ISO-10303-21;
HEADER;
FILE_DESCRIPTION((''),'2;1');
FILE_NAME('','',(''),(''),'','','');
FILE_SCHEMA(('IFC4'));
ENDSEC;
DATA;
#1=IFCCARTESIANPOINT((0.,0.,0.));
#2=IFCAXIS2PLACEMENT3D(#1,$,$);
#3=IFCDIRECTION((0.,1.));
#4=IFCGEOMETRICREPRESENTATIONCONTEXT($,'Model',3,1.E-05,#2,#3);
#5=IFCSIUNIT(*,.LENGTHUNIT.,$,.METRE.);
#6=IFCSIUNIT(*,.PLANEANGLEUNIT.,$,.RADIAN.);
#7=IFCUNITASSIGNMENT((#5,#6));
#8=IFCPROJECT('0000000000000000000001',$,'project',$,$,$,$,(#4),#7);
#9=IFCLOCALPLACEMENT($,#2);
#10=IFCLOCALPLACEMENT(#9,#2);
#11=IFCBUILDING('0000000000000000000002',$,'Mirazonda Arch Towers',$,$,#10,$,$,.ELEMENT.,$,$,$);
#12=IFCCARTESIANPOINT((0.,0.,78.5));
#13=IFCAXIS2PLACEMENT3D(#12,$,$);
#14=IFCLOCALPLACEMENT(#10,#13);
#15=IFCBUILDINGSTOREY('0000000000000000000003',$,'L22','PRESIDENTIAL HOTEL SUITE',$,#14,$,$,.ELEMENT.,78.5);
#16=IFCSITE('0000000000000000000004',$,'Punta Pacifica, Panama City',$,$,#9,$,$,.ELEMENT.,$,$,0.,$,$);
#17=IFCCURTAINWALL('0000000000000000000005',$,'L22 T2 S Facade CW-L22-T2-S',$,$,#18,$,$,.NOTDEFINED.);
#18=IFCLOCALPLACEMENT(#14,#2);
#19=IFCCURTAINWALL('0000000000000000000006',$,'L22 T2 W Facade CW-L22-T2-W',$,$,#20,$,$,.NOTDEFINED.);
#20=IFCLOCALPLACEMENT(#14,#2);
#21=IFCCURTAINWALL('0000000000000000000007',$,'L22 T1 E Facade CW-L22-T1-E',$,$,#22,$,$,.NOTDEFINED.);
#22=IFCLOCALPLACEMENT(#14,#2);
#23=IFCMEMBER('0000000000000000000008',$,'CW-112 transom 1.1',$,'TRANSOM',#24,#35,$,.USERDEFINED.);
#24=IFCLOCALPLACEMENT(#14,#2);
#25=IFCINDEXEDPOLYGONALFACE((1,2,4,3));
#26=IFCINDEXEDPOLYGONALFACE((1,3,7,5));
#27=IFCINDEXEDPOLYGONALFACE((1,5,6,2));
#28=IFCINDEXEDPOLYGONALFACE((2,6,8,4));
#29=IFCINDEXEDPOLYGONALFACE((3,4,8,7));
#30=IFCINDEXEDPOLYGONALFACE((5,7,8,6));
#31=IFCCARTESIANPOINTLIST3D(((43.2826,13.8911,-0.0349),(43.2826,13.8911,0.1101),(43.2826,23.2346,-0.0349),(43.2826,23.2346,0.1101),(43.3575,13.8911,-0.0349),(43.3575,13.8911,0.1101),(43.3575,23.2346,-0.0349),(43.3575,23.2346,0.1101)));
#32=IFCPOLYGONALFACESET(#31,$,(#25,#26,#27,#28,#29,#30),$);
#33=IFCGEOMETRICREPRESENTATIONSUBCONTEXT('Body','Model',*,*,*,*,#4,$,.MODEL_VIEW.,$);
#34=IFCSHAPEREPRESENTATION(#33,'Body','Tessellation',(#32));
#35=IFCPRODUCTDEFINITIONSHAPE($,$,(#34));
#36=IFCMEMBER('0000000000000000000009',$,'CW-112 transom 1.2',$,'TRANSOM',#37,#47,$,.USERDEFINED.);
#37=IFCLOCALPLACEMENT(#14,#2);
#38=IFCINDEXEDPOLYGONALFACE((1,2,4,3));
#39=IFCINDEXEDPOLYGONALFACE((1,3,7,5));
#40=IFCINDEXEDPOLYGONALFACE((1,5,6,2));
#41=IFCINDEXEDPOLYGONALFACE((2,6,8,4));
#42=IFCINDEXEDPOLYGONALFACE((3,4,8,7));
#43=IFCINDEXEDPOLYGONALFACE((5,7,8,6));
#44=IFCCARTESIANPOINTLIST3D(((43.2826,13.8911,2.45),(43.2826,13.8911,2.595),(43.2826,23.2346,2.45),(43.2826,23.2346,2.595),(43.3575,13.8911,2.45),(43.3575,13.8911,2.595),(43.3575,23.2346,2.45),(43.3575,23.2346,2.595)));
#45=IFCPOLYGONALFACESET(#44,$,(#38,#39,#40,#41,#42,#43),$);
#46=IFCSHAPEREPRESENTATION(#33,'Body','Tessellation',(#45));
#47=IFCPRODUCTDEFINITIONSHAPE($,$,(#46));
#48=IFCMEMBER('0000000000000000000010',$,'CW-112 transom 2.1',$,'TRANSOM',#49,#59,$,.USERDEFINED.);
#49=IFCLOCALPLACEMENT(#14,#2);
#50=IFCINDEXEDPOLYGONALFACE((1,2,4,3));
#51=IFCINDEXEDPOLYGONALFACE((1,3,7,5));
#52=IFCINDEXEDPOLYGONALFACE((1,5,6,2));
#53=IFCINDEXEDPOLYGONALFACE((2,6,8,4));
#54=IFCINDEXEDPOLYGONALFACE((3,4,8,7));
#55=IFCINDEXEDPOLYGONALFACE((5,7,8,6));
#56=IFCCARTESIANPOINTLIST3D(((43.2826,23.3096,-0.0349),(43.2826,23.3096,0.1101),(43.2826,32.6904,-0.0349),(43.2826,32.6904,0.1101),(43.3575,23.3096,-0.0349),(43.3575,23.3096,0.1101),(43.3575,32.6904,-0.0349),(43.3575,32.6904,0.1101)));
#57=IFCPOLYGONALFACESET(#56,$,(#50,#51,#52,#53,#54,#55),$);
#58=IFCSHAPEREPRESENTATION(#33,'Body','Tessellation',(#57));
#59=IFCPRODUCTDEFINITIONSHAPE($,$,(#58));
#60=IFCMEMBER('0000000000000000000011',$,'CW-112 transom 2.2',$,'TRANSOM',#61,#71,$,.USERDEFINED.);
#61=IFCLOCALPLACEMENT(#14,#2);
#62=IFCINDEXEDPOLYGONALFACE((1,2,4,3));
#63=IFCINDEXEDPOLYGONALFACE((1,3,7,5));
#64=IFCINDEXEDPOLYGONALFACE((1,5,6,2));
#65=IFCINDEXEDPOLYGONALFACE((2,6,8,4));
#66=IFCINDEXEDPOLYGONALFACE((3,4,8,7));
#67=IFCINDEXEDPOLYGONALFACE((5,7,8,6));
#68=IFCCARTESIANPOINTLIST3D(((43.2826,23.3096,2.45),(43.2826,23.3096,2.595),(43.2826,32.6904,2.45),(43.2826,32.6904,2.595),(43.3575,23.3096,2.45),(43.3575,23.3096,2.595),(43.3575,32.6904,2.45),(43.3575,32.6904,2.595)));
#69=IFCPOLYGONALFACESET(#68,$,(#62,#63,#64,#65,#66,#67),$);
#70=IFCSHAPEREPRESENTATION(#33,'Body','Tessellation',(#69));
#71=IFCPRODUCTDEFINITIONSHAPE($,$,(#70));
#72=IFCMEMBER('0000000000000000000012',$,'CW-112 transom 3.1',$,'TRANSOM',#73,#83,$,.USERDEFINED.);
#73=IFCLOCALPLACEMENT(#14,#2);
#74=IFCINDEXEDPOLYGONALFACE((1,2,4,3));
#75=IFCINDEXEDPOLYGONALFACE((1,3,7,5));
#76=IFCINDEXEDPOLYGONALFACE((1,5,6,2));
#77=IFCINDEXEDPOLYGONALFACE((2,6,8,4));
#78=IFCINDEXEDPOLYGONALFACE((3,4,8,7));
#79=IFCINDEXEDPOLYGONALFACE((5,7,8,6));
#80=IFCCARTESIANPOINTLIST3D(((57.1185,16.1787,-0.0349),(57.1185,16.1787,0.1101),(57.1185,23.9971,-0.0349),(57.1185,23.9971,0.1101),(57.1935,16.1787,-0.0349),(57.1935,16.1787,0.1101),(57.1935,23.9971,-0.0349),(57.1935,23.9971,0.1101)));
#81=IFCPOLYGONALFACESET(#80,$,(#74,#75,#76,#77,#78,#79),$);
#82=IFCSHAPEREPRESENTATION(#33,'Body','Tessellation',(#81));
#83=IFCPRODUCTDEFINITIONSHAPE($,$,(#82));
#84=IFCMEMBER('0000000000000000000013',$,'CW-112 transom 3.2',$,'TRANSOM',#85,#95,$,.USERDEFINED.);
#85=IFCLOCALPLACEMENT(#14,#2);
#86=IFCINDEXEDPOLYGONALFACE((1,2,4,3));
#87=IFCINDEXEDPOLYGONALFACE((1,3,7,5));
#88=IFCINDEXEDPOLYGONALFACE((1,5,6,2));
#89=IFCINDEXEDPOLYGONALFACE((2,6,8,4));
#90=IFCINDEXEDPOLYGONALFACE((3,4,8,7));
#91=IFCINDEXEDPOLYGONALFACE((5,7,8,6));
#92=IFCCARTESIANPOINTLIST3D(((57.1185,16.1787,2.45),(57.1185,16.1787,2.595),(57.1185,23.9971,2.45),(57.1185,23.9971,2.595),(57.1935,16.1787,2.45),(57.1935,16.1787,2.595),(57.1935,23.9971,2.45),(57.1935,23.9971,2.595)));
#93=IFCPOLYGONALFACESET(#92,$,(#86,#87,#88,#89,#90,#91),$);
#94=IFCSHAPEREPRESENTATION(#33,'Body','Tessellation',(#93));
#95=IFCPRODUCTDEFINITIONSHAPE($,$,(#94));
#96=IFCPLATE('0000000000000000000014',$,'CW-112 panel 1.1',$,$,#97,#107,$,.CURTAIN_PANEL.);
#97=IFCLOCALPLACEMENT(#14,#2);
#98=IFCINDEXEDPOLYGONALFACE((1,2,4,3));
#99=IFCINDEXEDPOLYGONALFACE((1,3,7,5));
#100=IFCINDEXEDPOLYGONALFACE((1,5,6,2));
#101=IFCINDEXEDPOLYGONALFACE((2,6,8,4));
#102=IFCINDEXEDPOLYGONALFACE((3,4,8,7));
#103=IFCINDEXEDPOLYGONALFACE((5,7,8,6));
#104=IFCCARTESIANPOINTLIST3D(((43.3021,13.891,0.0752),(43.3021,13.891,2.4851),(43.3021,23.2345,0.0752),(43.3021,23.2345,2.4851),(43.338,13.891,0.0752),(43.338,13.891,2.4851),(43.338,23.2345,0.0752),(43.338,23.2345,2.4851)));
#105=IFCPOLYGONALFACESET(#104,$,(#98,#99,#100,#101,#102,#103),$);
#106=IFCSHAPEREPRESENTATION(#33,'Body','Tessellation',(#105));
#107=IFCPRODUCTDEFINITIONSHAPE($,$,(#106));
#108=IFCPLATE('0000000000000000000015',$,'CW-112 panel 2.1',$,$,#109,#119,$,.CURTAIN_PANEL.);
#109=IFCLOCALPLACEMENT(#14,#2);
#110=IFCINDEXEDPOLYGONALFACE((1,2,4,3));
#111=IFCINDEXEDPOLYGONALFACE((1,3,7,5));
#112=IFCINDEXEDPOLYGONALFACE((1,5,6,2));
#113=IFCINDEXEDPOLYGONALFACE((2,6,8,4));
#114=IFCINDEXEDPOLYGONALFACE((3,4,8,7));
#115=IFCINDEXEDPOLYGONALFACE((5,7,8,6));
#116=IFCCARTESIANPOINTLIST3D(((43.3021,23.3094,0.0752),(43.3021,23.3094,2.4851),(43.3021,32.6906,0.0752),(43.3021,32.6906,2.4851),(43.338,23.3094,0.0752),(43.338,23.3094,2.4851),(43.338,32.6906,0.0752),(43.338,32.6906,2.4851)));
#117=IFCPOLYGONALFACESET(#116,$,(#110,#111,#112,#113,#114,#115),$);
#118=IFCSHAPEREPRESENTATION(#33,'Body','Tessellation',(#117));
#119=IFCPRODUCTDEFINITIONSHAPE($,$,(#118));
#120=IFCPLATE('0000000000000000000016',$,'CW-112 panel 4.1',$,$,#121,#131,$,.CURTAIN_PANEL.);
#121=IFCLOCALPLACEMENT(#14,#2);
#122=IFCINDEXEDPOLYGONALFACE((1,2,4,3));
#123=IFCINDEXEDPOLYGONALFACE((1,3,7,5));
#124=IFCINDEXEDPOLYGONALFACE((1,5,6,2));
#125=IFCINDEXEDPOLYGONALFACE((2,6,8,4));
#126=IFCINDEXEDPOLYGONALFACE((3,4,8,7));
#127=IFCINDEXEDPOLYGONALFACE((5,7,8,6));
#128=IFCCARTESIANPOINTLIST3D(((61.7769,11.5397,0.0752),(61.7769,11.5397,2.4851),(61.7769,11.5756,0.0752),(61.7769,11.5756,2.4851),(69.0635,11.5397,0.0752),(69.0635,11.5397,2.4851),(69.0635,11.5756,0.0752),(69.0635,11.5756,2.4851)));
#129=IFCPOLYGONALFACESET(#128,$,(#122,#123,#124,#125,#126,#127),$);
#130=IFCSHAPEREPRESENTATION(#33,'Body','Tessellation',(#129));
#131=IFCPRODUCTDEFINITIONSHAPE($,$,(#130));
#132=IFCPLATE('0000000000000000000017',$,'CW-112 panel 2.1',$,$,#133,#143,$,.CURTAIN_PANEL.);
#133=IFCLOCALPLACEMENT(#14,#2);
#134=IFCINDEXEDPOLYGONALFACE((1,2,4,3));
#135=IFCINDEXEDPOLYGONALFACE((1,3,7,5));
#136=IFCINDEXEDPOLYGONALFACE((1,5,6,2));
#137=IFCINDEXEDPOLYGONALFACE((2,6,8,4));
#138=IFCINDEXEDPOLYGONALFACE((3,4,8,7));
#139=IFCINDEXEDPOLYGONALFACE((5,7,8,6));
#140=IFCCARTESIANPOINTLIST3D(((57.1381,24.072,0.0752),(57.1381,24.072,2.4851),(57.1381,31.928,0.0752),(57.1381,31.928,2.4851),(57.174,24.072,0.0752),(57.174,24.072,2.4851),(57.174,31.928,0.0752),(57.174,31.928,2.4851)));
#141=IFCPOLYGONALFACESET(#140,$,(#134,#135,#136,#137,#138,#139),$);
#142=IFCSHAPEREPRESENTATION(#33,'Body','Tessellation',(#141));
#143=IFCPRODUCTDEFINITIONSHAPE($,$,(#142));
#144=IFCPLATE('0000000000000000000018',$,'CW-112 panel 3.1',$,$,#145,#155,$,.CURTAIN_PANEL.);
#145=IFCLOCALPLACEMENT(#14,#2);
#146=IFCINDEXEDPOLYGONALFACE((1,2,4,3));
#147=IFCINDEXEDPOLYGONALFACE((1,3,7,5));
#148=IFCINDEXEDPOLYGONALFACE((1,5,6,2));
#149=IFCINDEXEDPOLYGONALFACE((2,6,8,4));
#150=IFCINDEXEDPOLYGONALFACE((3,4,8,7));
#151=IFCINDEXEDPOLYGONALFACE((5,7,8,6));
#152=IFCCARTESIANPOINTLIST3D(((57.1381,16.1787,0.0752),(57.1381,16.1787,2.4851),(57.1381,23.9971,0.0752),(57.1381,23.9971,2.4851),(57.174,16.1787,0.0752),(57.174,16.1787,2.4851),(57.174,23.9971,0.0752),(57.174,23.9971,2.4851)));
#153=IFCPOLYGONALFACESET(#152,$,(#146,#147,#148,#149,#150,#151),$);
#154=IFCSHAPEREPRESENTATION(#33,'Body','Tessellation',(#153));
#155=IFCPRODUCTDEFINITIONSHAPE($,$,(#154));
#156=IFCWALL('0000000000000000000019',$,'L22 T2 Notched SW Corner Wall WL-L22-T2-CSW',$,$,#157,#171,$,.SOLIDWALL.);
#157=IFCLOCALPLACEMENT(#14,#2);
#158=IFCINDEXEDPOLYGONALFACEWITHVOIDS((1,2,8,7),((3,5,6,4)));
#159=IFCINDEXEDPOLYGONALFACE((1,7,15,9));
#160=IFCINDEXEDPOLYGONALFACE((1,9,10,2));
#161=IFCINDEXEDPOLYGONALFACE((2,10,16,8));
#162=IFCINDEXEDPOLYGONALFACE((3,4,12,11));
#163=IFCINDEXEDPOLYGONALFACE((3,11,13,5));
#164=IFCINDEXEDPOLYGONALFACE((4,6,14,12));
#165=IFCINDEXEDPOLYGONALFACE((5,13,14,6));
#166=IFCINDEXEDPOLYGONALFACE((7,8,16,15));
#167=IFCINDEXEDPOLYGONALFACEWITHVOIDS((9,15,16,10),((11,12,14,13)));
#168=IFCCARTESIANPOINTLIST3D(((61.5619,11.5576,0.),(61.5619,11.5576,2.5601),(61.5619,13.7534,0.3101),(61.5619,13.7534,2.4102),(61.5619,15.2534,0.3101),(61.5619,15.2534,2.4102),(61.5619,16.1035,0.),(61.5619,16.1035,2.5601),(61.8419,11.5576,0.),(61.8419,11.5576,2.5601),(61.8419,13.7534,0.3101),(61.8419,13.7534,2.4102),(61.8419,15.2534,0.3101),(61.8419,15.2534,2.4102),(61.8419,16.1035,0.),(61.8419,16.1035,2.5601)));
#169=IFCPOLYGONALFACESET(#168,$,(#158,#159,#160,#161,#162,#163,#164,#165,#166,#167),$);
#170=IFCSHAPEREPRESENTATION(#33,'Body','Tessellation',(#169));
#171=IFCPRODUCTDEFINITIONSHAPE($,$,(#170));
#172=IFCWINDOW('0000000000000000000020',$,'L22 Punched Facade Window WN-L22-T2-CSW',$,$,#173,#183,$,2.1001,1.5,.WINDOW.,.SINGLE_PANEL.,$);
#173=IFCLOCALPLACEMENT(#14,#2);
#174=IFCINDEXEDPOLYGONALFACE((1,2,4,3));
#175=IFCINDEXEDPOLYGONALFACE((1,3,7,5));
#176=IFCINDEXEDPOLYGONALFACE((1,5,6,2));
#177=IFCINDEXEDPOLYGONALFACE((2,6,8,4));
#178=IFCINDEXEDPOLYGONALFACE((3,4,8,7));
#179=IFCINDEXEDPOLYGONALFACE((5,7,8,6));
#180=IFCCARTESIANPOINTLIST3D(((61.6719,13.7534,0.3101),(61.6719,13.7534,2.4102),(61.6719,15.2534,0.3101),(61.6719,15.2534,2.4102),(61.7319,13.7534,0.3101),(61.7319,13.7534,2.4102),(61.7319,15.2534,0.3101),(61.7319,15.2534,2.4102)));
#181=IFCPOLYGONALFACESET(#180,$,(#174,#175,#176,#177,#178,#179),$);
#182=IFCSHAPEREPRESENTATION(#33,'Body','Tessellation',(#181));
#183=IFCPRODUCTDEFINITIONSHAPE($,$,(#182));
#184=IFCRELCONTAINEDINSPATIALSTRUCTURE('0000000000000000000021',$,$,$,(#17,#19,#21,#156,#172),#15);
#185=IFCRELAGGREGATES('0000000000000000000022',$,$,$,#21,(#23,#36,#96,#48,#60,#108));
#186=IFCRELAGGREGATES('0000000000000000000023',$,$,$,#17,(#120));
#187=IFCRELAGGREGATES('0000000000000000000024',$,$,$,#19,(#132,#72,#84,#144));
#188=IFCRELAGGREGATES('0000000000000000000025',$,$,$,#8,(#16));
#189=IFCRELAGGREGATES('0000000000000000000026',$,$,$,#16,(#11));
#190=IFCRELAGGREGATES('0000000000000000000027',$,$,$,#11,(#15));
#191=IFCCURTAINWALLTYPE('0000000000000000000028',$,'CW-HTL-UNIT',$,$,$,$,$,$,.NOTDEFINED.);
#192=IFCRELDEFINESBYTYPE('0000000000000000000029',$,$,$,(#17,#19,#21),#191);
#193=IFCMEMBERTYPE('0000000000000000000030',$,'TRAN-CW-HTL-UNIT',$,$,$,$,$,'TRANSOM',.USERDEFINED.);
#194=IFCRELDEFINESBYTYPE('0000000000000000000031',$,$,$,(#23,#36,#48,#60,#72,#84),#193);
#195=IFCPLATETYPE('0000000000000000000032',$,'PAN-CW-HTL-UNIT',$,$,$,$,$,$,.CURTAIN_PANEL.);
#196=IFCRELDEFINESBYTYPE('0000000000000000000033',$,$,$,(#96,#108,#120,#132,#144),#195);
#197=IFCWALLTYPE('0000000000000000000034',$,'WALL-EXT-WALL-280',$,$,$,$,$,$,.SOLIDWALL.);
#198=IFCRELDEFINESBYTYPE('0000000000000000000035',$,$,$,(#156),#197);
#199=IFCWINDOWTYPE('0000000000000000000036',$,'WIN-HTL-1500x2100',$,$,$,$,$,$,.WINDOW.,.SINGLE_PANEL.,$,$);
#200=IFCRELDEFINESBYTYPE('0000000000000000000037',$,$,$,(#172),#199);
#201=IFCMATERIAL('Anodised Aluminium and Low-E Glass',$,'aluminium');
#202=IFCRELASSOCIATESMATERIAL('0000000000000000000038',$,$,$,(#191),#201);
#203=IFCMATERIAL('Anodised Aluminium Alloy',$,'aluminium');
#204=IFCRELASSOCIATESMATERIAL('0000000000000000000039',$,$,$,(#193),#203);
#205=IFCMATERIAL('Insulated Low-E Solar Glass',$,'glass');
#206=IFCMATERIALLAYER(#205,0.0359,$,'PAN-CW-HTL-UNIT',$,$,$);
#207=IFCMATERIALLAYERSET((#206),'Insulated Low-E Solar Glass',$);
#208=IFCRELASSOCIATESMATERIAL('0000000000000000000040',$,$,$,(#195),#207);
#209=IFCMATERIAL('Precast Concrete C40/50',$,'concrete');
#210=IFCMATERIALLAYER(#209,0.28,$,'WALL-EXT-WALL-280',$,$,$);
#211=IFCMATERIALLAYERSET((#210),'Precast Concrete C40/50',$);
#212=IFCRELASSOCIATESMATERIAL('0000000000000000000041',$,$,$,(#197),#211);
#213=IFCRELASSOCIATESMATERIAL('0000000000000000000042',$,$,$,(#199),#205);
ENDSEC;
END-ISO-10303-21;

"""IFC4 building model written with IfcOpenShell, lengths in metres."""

from ifc_helpers import new_model, si_unit, direction, frame, frame_2d, origin, origin_2d, place, context, subcontext, project, spatial, rectangle, extrude, material, layer, layer_set, material_profile, profile_set, type_object, element, fill, aggregate, save


model = new_model("IFC4")

# Units and contexts
model_context = context("Model", 3, precision=1e-05, world=origin(), true_north=direction((0.0, 1.0)))
body_context = subcontext(model_context, "Body", "Model", "MODEL_VIEW")
ifc_project = project(units=[si_unit("LENGTHUNIT", "METRE"), si_unit("PLANEANGLEUNIT", "RADIAN")], contexts=[model_context])

# Site, building, storey
site_placement = place(None, origin())
site = spatial("IfcSite", under=ifc_project, at=site_placement, Name="Punta Pacifica, Panama City", CompositionType="ELEMENT", RefElevation=0.0)
building_placement = place(site_placement, origin())
building = spatial("IfcBuilding", under=site, at=building_placement, Name="Mirazonda Arch Towers", CompositionType="ELEMENT")
storey_placement = place(building_placement, frame((0.0, 0.0, 78.5)))
storey = spatial("IfcBuildingStorey", under=building, at=storey_placement, Name="L22", Description="PRESIDENTIAL HOTEL SUITE", CompositionType="ELEMENT", Elevation=78.5)

# Curtain wall
ifc_material_1 = material(Name="Anodised Aluminium and Low-E Glass", Category="aluminium")
curtain_wall_type = type_object("IfcCurtainWallType", Name="CW-HTL-UNIT", PredefinedType="NOTDEFINED", material=ifc_material_1)
curtain_wall_1_placement = place(storey_placement, origin())
curtain_wall_1 = element("IfcCurtainWall", 1, at=curtain_wall_1_placement, inside=storey, type_object=curtain_wall_type, Name="L22 T2 S Facade CW-L22-T2-S", PredefinedType="NOTDEFINED")
ifc_material_2 = material(Name="Anodised Aluminium Alloy", Category="aluminium")

# Curtain walls, members
curtain_wall_2_placement = place(storey_placement, origin())
curtain_wall_2 = element("IfcCurtainWall", 2, at=curtain_wall_2_placement, inside=storey, type_object=curtain_wall_type, Name="L22 T2 W Facade CW-L22-T2-W", PredefinedType="NOTDEFINED")
curtain_wall_3_placement = place(storey_placement, origin())
curtain_wall_3 = element("IfcCurtainWall", 3, at=curtain_wall_3_placement, inside=storey, type_object=curtain_wall_type, Name="L22 T1 E Facade CW-L22-T1-E", PredefinedType="NOTDEFINED")
ifc_material_profile_1 = material_profile(ifc_material_2, rectangle(XDim=0.075, YDim=0.145, at=origin_2d()), Name="ALU-TRAN-75x145")
ifc_profile_set_1 = profile_set([ifc_material_profile_1], Name="Anodised Aluminium Alloy")
member_type_1 = type_object("IfcMemberType", Name="TRAN-CW-HTL-UNIT", ElementType="TRANSOM", PredefinedType="USERDEFINED", material=ifc_profile_set_1)
member_1_placement = place(storey_placement, frame((43.3201, 13.8911, 0.0376), z_axis=(0.0, 1.0, 0.0), x_axis=(-1.0, 0.0, 0.0)))
member_1 = element("IfcMember", 4, at=member_1_placement, type_object=member_type_1, Name="CW-112 transom 1.1", ObjectType="TRANSOM", PredefinedType="USERDEFINED", context=body_context, shape_type="SweptSolid", body=[
    extrude(rectangle(XDim=0.075, YDim=0.145, at=origin_2d()), origin(), (0.0, 0.0, 1.0), 9.3435),
])
member_2_placement = place(storey_placement, frame((43.3201, 13.8911, 2.5225), z_axis=(0.0, 1.0, 0.0), x_axis=(-1.0, 0.0, 0.0)))
member_2 = element("IfcMember", 5, at=member_2_placement, type_object=member_type_1, Name="CW-112 transom 1.2", ObjectType="TRANSOM", PredefinedType="USERDEFINED", context=body_context, shape_type="SweptSolid", body=[
    extrude(rectangle(XDim=0.075, YDim=0.145, at=origin_2d()), origin(), (0.0, 0.0, 1.0), 9.3435),
])
member_3_placement = place(storey_placement, frame((43.3201, 23.3096, 0.0376), z_axis=(0.0, 1.0, 0.0), x_axis=(-1.0, 0.0, 0.0)))
member_3 = element("IfcMember", 6, at=member_3_placement, type_object=member_type_1, Name="CW-112 transom 2.1", ObjectType="TRANSOM", PredefinedType="USERDEFINED", context=body_context, shape_type="SweptSolid", body=[
    extrude(rectangle(XDim=0.075, YDim=0.145, at=origin_2d()), origin(), (0.0, 0.0, 1.0), 9.3809),
])
member_4_placement = place(storey_placement, frame((43.3201, 23.3096, 2.5225), z_axis=(0.0, 1.0, 0.0), x_axis=(-1.0, 0.0, 0.0)))
member_4 = element("IfcMember", 7, at=member_4_placement, type_object=member_type_1, Name="CW-112 transom 2.2", ObjectType="TRANSOM", PredefinedType="USERDEFINED", context=body_context, shape_type="SweptSolid", body=[
    extrude(rectangle(XDim=0.075, YDim=0.145, at=origin_2d()), origin(), (0.0, 0.0, 1.0), 9.3809),
])

# Members
member_5_placement = place(storey_placement, frame((57.156, 23.9971, 0.0376), z_axis=(0.0, -1.0, 0.0), x_axis=(1.0, 0.0, 0.0)))
member_5 = element("IfcMember", 8, at=member_5_placement, type_object=member_type_1, Name="CW-112 transom 3.1", ObjectType="TRANSOM", PredefinedType="USERDEFINED", context=body_context, shape_type="SweptSolid", body=[
    extrude(rectangle(XDim=0.075, YDim=0.145, at=origin_2d()), origin(), (0.0, 0.0, 1.0), 7.8184),
])
member_6_placement = place(storey_placement, frame((57.156, 23.9971, 2.5225), z_axis=(0.0, -1.0, 0.0), x_axis=(1.0, 0.0, 0.0)))
member_6 = element("IfcMember", 9, at=member_6_placement, type_object=member_type_1, Name="CW-112 transom 3.2", ObjectType="TRANSOM", PredefinedType="USERDEFINED", context=body_context, shape_type="SweptSolid", body=[
    extrude(rectangle(XDim=0.075, YDim=0.145, at=origin_2d()), origin(), (0.0, 0.0, 1.0), 7.8184),
])

# Plates
ifc_material_3 = material(Name="Insulated Low-E Solar Glass", Category="glass")
ifc_layer_1 = layer(ifc_material_3, 0.0359, Name="PAN-CW-HTL-UNIT")
ifc_layer_set_1 = layer_set([ifc_layer_1], Name="Insulated Low-E Solar Glass")
plate_type = type_object("IfcPlateType", Name="PAN-CW-HTL-UNIT", PredefinedType="CURTAIN_PANEL", material=ifc_layer_set_1)
plate_1_placement = place(storey_placement, frame((43.3201, 18.5627, 0.0752), z_axis=(0.0, 0.0, 1.0), x_axis=(0.0, 1.0, 0.0)))
plate_1 = element("IfcPlate", 10, at=plate_1_placement, type_object=plate_type, Name="CW-112 panel 1.1", PredefinedType="CURTAIN_PANEL", context=body_context, shape_type="SweptSolid", body=[
    extrude(rectangle(XDim=9.3435, YDim=0.0359, at=origin_2d()), origin(), (0.0, 0.0, 1.0), 2.4099),
])
plate_2_placement = place(storey_placement, frame((43.3201, 28.0, 0.0752), z_axis=(0.0, 0.0, 1.0), x_axis=(0.0, 1.0, 0.0)))
plate_2 = element("IfcPlate", 11, at=plate_2_placement, type_object=plate_type, Name="CW-112 panel 2.1", PredefinedType="CURTAIN_PANEL", context=body_context, shape_type="SweptSolid", body=[
    extrude(rectangle(XDim=9.3811, YDim=0.0359, at=origin_2d()), origin(), (0.0, 0.0, 1.0), 2.4099),
])
aggregate(curtain_wall_3, [member_1, member_2, plate_1, member_3, member_4, plate_2])
plate_3_placement = place(storey_placement, frame((65.4202, 11.5576, 0.0752), z_axis=(0.0, 0.0, 1.0), x_axis=(-1.0, 0.0, 0.0)))
plate_3 = element("IfcPlate", 12, at=plate_3_placement, type_object=plate_type, Name="CW-112 panel 4.1", PredefinedType="CURTAIN_PANEL", context=body_context, shape_type="SweptSolid", body=[
    extrude(rectangle(XDim=7.2866, YDim=0.0359, at=origin_2d()), origin(), (0.0, 0.0, 1.0), 2.4099),
])
aggregate(curtain_wall_1, [plate_3])
plate_4_placement = place(storey_placement, frame((57.156, 28.0, 0.0752), z_axis=(0.0, 0.0, 1.0), x_axis=(0.0, -1.0, 0.0)))
plate_4 = element("IfcPlate", 13, at=plate_4_placement, type_object=plate_type, Name="CW-112 panel 2.1", PredefinedType="CURTAIN_PANEL", context=body_context, shape_type="SweptSolid", body=[
    extrude(rectangle(XDim=7.856, YDim=0.0359, at=origin_2d()), origin(), (0.0, 0.0, 1.0), 2.4099),
])
plate_5_placement = place(storey_placement, frame((57.156, 20.0879, 0.0752), z_axis=(0.0, 0.0, 1.0), x_axis=(0.0, -1.0, 0.0)))
plate_5 = element("IfcPlate", 14, at=plate_5_placement, type_object=plate_type, Name="CW-112 panel 3.1", PredefinedType="CURTAIN_PANEL", context=body_context, shape_type="SweptSolid", body=[
    extrude(rectangle(XDim=7.8184, YDim=0.0359, at=origin_2d()), origin(), (0.0, 0.0, 1.0), 2.4099),
])
aggregate(curtain_wall_2, [plate_4, member_5, member_6, plate_5])

# Wall, opening, window
ifc_material_4 = material(Name="Precast Concrete C40/50", Category="concrete")
ifc_layer_2 = layer(ifc_material_4, 0.28, Name="WALL-EXT-WALL-280")
ifc_layer_set_2 = layer_set([ifc_layer_2], Name="Precast Concrete C40/50")
wall_type_1 = type_object("IfcWallType", Name="WALL-EXT-WALL-280", PredefinedType="SOLIDWALL", material=ifc_layer_set_2)
wall_1_placement = place(storey_placement, frame((61.7019, 16.1035, 0.0), z_axis=(0.0, 0.0, 1.0), x_axis=(0.0, -1.0, 0.0)))
wall_1 = element("IfcWall", 15, at=wall_1_placement, inside=storey, type_object=wall_type_1, Name="L22 T2 Notched SW Corner Wall WL-L22-T2-CSW", PredefinedType="SOLIDWALL", context=body_context, shape_type="SweptSolid", body=[
    extrude(rectangle(XDim=4.5459, YDim=0.28, at=frame_2d((2.2729, 0.0))), origin(), (0.0, 0.0, 1.0), 2.5601),
])
opening_1_placement = place(wall_1_placement, frame((0.8501, 0.0, 0.3101)))
opening_1 = element("IfcOpeningElement", 16, at=opening_1_placement, cuts=wall_1, PredefinedType="OPENING", context=body_context, shape_type="SweptSolid", body=[
    extrude(rectangle(XDim=1.5, YDim=2.1001, at=frame_2d((0.75, 1.05))), frame((0.0, 0.1499, 0.0), z_axis=(0.0, -1.0, 0.0), x_axis=(1.0, 0.0, 0.0)), (0.0, 0.0, 1.0), 0.3),
])
window_type_1 = type_object("IfcWindowType", Name="WIN-HTL-1500x2100", PartitioningType="SINGLE_PANEL", PredefinedType="WINDOW", material=ifc_material_3)
window_1_placement = place(opening_1_placement, origin())
window_1 = element("IfcWindow", 17, at=window_1_placement, inside=storey, type_object=window_type_1, Name="L22 Punched Facade Window WN-L22-T2-CSW", OverallHeight=2.1001, OverallWidth=1.5, PartitioningType="SINGLE_PANEL", PredefinedType="WINDOW", context=body_context, shape_type="SweptSolid", body=[
    extrude(rectangle(XDim=1.5, YDim=2.1001, at=frame_2d((0.75, 1.05))), frame((0.0, 0.03, 0.0), z_axis=(0.0, -1.0, 0.0), x_axis=(1.0, 0.0, 0.0)), (0.0, 0.0, 1.0), 0.0601),
])
fill(opening_1, window_1)

save(model, "model.ifc")
